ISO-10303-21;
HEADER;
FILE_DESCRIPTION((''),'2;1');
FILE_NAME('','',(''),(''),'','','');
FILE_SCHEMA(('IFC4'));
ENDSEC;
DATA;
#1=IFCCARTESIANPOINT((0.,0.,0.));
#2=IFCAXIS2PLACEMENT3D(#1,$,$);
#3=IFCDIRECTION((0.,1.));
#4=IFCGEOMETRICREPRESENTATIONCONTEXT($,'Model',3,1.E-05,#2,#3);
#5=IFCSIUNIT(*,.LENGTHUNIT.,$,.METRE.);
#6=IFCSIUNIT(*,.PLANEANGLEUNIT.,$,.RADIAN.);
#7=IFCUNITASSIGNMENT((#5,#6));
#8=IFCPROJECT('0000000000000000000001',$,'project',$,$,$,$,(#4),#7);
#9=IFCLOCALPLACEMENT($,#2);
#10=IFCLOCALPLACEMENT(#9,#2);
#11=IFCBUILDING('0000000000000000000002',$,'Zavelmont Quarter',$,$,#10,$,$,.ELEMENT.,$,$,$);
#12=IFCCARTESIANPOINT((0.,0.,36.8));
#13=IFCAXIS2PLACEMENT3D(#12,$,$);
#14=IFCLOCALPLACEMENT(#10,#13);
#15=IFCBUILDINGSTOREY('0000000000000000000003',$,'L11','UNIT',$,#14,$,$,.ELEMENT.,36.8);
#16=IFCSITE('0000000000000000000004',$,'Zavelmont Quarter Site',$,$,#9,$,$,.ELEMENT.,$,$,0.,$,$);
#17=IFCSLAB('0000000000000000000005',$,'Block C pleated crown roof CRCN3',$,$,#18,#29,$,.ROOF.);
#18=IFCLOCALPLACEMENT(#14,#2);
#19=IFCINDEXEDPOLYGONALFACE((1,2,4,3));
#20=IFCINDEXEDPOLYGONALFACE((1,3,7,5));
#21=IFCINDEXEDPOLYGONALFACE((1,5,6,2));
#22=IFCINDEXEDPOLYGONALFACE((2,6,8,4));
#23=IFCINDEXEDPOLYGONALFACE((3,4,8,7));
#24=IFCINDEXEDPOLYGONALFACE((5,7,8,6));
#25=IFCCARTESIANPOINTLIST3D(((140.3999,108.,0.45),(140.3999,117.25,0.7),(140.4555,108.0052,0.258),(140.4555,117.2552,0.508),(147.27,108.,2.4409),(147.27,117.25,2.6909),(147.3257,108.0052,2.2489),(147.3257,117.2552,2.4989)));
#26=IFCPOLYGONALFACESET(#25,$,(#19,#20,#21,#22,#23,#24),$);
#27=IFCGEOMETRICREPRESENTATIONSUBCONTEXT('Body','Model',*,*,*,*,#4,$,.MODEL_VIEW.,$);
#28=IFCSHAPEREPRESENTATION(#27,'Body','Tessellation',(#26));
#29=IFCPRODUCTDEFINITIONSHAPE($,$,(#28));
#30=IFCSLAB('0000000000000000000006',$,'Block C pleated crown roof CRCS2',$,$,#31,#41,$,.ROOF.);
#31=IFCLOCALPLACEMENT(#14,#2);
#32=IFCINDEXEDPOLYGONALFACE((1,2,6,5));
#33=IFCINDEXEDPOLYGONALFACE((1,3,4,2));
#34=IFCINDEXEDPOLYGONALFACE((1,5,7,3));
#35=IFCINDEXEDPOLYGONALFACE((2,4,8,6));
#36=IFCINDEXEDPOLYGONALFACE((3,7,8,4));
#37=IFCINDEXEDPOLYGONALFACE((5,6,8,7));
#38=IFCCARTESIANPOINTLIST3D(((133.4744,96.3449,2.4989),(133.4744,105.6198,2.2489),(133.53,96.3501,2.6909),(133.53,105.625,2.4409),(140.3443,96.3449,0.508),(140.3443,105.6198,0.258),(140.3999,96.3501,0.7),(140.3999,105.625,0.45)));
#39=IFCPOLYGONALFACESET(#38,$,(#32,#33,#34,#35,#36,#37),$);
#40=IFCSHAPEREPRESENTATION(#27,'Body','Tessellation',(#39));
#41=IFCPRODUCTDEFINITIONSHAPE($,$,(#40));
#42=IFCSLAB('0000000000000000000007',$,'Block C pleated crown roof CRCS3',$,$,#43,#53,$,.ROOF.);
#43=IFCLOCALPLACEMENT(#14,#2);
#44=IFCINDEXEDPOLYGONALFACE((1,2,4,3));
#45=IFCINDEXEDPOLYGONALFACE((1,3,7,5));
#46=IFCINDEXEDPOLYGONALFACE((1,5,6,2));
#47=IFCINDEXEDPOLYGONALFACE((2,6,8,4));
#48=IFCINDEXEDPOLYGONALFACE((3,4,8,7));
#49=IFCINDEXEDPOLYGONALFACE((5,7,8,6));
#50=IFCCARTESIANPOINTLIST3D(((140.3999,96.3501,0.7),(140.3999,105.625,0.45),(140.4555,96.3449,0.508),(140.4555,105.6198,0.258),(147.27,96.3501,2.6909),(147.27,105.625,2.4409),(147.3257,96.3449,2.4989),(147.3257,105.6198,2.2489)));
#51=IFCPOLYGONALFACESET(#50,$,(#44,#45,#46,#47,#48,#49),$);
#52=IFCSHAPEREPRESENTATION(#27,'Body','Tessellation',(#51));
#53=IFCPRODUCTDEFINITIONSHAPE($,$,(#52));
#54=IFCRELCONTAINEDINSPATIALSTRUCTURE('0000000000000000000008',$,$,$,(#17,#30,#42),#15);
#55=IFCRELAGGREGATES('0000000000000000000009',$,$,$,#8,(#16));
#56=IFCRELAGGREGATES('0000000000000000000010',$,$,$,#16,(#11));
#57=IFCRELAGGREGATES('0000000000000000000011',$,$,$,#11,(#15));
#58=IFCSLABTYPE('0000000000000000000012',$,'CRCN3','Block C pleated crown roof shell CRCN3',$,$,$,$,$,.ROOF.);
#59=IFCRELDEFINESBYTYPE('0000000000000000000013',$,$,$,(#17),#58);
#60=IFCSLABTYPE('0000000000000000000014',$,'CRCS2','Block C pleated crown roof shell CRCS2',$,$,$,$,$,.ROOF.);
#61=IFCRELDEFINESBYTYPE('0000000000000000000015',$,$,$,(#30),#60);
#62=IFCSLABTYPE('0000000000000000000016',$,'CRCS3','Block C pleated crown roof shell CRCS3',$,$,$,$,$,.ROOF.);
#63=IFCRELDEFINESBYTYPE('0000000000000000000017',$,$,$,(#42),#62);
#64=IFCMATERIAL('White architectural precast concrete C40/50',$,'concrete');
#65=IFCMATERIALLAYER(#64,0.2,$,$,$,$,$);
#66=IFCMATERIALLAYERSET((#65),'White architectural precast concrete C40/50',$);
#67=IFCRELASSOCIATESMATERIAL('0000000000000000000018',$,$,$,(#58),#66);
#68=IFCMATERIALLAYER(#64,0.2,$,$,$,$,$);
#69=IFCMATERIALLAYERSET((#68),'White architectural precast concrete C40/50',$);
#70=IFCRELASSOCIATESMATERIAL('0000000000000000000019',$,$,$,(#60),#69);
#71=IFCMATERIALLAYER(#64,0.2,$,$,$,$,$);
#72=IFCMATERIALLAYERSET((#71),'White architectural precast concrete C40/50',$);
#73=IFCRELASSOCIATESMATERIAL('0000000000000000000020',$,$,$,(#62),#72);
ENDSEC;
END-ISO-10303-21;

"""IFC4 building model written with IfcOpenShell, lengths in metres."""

from ifc_helpers import new_model, si_unit, direction, frame, origin, place, context, subcontext, project, spatial, polyline, outline, extrude, material, layer, layer_set, type_object, element, save


model = new_model("IFC4")

# Units and contexts
model_context = context("Model", 3, precision=1e-05, world=origin(), true_north=direction((0.0, 1.0)))
body_context = subcontext(model_context, "Body", "Model", "MODEL_VIEW")
ifc_project = project(units=[si_unit("LENGTHUNIT", "METRE"), si_unit("PLANEANGLEUNIT", "RADIAN")], contexts=[model_context])

# Site, building, storey
site_placement = place(None, origin())
site = spatial("IfcSite", under=ifc_project, at=site_placement, Name="Zavelmont Quarter Site", CompositionType="ELEMENT", RefElevation=0.0)
building_placement = place(site_placement, origin())
building = spatial("IfcBuilding", under=site, at=building_placement, Name="Zavelmont Quarter", CompositionType="ELEMENT")
storey_placement = place(building_placement, frame((0.0, 0.0, 36.8)))
storey = spatial("IfcBuildingStorey", under=building, at=storey_placement, Name="L11", Description="UNIT", CompositionType="ELEMENT", Elevation=36.8)

# Slabs
ifc_material_1 = material(Name="White architectural precast concrete C40/50", Category="concrete")
ifc_layer_1 = layer(ifc_material_1, 0.2)
ifc_layer_set_1 = layer_set([ifc_layer_1], Name="White architectural precast concrete C40/50")
slab_type_1 = type_object("IfcSlabType", Name="CRCN3", Description="Block C pleated crown roof shell CRCN3", PredefinedType="ROOF", material=ifc_layer_set_1)
slab_1_placement = place(storey_placement, frame((140.3999, 108.0, 0.45), z_axis=(-0.278254, -0.02595, 0.960157), x_axis=(0.96048, 0.0, 0.278348)))
element("IfcSlab", 1, at=slab_1_placement, inside=storey, type_object=slab_type_1, Name="Block C pleated crown roof CRCN3", PredefinedType="ROOF", context=body_context, shape_type="SweptSolid", body=[
    extrude(outline(polyline([(0.0, 0.0), (7.1528, 0.0), (7.2224, 9.2531), (0.0696, 9.2531), (0.0, 0.0)])), origin(), (0.0, 0.0, -1.0), 0.2),
])
ifc_layer_2 = layer(ifc_material_1, 0.2)
ifc_layer_set_2 = layer_set([ifc_layer_2], Name="White architectural precast concrete C40/50")
slab_type_2 = type_object("IfcSlabType", Name="CRCS2", Description="Block C pleated crown roof shell CRCS2", PredefinedType="ROOF", material=ifc_layer_set_2)
slab_2_placement = place(storey_placement, frame((133.53, 96.3501, 2.6909), z_axis=(0.278264, 0.02588, 0.960156), x_axis=(0.960478, 0.0, -0.278357)))
element("IfcSlab", 2, at=slab_2_placement, inside=storey, type_object=slab_type_2, Name="Block C pleated crown roof CRCS2", PredefinedType="ROOF", context=body_context, shape_type="SweptSolid", body=[
    extrude(outline(polyline([(0.0, 0.0), (7.1526, 0.0), (7.2221, 9.278), (0.0696, 9.278), (0.0, 0.0)])), origin(), (0.0, 0.0, -1.0), 0.2),
])
ifc_layer_3 = layer(ifc_material_1, 0.2)
ifc_layer_set_3 = layer_set([ifc_layer_3], Name="White architectural precast concrete C40/50")
slab_type_3 = type_object("IfcSlabType", Name="CRCS3", Description="Block C pleated crown roof shell CRCS3", PredefinedType="ROOF", material=ifc_layer_set_3)
slab_3_placement = place(storey_placement, frame((140.3999, 96.3501, 0.7), z_axis=(-0.278255, 0.025881, 0.960159), x_axis=(0.96048, 0.0, 0.278348)))
element("IfcSlab", 3, at=slab_3_placement, inside=storey, type_object=slab_type_3, Name="Block C pleated crown roof CRCS3", PredefinedType="ROOF", context=body_context, shape_type="SweptSolid", body=[
    extrude(outline(polyline([(0.0, 0.0), (7.1528, 0.0), (7.0832, 9.278), (-0.0696, 9.278), (0.0, 0.0)])), origin(), (0.0, 0.0, -1.0), 0.2),
])

save(model, "model.ifc")
